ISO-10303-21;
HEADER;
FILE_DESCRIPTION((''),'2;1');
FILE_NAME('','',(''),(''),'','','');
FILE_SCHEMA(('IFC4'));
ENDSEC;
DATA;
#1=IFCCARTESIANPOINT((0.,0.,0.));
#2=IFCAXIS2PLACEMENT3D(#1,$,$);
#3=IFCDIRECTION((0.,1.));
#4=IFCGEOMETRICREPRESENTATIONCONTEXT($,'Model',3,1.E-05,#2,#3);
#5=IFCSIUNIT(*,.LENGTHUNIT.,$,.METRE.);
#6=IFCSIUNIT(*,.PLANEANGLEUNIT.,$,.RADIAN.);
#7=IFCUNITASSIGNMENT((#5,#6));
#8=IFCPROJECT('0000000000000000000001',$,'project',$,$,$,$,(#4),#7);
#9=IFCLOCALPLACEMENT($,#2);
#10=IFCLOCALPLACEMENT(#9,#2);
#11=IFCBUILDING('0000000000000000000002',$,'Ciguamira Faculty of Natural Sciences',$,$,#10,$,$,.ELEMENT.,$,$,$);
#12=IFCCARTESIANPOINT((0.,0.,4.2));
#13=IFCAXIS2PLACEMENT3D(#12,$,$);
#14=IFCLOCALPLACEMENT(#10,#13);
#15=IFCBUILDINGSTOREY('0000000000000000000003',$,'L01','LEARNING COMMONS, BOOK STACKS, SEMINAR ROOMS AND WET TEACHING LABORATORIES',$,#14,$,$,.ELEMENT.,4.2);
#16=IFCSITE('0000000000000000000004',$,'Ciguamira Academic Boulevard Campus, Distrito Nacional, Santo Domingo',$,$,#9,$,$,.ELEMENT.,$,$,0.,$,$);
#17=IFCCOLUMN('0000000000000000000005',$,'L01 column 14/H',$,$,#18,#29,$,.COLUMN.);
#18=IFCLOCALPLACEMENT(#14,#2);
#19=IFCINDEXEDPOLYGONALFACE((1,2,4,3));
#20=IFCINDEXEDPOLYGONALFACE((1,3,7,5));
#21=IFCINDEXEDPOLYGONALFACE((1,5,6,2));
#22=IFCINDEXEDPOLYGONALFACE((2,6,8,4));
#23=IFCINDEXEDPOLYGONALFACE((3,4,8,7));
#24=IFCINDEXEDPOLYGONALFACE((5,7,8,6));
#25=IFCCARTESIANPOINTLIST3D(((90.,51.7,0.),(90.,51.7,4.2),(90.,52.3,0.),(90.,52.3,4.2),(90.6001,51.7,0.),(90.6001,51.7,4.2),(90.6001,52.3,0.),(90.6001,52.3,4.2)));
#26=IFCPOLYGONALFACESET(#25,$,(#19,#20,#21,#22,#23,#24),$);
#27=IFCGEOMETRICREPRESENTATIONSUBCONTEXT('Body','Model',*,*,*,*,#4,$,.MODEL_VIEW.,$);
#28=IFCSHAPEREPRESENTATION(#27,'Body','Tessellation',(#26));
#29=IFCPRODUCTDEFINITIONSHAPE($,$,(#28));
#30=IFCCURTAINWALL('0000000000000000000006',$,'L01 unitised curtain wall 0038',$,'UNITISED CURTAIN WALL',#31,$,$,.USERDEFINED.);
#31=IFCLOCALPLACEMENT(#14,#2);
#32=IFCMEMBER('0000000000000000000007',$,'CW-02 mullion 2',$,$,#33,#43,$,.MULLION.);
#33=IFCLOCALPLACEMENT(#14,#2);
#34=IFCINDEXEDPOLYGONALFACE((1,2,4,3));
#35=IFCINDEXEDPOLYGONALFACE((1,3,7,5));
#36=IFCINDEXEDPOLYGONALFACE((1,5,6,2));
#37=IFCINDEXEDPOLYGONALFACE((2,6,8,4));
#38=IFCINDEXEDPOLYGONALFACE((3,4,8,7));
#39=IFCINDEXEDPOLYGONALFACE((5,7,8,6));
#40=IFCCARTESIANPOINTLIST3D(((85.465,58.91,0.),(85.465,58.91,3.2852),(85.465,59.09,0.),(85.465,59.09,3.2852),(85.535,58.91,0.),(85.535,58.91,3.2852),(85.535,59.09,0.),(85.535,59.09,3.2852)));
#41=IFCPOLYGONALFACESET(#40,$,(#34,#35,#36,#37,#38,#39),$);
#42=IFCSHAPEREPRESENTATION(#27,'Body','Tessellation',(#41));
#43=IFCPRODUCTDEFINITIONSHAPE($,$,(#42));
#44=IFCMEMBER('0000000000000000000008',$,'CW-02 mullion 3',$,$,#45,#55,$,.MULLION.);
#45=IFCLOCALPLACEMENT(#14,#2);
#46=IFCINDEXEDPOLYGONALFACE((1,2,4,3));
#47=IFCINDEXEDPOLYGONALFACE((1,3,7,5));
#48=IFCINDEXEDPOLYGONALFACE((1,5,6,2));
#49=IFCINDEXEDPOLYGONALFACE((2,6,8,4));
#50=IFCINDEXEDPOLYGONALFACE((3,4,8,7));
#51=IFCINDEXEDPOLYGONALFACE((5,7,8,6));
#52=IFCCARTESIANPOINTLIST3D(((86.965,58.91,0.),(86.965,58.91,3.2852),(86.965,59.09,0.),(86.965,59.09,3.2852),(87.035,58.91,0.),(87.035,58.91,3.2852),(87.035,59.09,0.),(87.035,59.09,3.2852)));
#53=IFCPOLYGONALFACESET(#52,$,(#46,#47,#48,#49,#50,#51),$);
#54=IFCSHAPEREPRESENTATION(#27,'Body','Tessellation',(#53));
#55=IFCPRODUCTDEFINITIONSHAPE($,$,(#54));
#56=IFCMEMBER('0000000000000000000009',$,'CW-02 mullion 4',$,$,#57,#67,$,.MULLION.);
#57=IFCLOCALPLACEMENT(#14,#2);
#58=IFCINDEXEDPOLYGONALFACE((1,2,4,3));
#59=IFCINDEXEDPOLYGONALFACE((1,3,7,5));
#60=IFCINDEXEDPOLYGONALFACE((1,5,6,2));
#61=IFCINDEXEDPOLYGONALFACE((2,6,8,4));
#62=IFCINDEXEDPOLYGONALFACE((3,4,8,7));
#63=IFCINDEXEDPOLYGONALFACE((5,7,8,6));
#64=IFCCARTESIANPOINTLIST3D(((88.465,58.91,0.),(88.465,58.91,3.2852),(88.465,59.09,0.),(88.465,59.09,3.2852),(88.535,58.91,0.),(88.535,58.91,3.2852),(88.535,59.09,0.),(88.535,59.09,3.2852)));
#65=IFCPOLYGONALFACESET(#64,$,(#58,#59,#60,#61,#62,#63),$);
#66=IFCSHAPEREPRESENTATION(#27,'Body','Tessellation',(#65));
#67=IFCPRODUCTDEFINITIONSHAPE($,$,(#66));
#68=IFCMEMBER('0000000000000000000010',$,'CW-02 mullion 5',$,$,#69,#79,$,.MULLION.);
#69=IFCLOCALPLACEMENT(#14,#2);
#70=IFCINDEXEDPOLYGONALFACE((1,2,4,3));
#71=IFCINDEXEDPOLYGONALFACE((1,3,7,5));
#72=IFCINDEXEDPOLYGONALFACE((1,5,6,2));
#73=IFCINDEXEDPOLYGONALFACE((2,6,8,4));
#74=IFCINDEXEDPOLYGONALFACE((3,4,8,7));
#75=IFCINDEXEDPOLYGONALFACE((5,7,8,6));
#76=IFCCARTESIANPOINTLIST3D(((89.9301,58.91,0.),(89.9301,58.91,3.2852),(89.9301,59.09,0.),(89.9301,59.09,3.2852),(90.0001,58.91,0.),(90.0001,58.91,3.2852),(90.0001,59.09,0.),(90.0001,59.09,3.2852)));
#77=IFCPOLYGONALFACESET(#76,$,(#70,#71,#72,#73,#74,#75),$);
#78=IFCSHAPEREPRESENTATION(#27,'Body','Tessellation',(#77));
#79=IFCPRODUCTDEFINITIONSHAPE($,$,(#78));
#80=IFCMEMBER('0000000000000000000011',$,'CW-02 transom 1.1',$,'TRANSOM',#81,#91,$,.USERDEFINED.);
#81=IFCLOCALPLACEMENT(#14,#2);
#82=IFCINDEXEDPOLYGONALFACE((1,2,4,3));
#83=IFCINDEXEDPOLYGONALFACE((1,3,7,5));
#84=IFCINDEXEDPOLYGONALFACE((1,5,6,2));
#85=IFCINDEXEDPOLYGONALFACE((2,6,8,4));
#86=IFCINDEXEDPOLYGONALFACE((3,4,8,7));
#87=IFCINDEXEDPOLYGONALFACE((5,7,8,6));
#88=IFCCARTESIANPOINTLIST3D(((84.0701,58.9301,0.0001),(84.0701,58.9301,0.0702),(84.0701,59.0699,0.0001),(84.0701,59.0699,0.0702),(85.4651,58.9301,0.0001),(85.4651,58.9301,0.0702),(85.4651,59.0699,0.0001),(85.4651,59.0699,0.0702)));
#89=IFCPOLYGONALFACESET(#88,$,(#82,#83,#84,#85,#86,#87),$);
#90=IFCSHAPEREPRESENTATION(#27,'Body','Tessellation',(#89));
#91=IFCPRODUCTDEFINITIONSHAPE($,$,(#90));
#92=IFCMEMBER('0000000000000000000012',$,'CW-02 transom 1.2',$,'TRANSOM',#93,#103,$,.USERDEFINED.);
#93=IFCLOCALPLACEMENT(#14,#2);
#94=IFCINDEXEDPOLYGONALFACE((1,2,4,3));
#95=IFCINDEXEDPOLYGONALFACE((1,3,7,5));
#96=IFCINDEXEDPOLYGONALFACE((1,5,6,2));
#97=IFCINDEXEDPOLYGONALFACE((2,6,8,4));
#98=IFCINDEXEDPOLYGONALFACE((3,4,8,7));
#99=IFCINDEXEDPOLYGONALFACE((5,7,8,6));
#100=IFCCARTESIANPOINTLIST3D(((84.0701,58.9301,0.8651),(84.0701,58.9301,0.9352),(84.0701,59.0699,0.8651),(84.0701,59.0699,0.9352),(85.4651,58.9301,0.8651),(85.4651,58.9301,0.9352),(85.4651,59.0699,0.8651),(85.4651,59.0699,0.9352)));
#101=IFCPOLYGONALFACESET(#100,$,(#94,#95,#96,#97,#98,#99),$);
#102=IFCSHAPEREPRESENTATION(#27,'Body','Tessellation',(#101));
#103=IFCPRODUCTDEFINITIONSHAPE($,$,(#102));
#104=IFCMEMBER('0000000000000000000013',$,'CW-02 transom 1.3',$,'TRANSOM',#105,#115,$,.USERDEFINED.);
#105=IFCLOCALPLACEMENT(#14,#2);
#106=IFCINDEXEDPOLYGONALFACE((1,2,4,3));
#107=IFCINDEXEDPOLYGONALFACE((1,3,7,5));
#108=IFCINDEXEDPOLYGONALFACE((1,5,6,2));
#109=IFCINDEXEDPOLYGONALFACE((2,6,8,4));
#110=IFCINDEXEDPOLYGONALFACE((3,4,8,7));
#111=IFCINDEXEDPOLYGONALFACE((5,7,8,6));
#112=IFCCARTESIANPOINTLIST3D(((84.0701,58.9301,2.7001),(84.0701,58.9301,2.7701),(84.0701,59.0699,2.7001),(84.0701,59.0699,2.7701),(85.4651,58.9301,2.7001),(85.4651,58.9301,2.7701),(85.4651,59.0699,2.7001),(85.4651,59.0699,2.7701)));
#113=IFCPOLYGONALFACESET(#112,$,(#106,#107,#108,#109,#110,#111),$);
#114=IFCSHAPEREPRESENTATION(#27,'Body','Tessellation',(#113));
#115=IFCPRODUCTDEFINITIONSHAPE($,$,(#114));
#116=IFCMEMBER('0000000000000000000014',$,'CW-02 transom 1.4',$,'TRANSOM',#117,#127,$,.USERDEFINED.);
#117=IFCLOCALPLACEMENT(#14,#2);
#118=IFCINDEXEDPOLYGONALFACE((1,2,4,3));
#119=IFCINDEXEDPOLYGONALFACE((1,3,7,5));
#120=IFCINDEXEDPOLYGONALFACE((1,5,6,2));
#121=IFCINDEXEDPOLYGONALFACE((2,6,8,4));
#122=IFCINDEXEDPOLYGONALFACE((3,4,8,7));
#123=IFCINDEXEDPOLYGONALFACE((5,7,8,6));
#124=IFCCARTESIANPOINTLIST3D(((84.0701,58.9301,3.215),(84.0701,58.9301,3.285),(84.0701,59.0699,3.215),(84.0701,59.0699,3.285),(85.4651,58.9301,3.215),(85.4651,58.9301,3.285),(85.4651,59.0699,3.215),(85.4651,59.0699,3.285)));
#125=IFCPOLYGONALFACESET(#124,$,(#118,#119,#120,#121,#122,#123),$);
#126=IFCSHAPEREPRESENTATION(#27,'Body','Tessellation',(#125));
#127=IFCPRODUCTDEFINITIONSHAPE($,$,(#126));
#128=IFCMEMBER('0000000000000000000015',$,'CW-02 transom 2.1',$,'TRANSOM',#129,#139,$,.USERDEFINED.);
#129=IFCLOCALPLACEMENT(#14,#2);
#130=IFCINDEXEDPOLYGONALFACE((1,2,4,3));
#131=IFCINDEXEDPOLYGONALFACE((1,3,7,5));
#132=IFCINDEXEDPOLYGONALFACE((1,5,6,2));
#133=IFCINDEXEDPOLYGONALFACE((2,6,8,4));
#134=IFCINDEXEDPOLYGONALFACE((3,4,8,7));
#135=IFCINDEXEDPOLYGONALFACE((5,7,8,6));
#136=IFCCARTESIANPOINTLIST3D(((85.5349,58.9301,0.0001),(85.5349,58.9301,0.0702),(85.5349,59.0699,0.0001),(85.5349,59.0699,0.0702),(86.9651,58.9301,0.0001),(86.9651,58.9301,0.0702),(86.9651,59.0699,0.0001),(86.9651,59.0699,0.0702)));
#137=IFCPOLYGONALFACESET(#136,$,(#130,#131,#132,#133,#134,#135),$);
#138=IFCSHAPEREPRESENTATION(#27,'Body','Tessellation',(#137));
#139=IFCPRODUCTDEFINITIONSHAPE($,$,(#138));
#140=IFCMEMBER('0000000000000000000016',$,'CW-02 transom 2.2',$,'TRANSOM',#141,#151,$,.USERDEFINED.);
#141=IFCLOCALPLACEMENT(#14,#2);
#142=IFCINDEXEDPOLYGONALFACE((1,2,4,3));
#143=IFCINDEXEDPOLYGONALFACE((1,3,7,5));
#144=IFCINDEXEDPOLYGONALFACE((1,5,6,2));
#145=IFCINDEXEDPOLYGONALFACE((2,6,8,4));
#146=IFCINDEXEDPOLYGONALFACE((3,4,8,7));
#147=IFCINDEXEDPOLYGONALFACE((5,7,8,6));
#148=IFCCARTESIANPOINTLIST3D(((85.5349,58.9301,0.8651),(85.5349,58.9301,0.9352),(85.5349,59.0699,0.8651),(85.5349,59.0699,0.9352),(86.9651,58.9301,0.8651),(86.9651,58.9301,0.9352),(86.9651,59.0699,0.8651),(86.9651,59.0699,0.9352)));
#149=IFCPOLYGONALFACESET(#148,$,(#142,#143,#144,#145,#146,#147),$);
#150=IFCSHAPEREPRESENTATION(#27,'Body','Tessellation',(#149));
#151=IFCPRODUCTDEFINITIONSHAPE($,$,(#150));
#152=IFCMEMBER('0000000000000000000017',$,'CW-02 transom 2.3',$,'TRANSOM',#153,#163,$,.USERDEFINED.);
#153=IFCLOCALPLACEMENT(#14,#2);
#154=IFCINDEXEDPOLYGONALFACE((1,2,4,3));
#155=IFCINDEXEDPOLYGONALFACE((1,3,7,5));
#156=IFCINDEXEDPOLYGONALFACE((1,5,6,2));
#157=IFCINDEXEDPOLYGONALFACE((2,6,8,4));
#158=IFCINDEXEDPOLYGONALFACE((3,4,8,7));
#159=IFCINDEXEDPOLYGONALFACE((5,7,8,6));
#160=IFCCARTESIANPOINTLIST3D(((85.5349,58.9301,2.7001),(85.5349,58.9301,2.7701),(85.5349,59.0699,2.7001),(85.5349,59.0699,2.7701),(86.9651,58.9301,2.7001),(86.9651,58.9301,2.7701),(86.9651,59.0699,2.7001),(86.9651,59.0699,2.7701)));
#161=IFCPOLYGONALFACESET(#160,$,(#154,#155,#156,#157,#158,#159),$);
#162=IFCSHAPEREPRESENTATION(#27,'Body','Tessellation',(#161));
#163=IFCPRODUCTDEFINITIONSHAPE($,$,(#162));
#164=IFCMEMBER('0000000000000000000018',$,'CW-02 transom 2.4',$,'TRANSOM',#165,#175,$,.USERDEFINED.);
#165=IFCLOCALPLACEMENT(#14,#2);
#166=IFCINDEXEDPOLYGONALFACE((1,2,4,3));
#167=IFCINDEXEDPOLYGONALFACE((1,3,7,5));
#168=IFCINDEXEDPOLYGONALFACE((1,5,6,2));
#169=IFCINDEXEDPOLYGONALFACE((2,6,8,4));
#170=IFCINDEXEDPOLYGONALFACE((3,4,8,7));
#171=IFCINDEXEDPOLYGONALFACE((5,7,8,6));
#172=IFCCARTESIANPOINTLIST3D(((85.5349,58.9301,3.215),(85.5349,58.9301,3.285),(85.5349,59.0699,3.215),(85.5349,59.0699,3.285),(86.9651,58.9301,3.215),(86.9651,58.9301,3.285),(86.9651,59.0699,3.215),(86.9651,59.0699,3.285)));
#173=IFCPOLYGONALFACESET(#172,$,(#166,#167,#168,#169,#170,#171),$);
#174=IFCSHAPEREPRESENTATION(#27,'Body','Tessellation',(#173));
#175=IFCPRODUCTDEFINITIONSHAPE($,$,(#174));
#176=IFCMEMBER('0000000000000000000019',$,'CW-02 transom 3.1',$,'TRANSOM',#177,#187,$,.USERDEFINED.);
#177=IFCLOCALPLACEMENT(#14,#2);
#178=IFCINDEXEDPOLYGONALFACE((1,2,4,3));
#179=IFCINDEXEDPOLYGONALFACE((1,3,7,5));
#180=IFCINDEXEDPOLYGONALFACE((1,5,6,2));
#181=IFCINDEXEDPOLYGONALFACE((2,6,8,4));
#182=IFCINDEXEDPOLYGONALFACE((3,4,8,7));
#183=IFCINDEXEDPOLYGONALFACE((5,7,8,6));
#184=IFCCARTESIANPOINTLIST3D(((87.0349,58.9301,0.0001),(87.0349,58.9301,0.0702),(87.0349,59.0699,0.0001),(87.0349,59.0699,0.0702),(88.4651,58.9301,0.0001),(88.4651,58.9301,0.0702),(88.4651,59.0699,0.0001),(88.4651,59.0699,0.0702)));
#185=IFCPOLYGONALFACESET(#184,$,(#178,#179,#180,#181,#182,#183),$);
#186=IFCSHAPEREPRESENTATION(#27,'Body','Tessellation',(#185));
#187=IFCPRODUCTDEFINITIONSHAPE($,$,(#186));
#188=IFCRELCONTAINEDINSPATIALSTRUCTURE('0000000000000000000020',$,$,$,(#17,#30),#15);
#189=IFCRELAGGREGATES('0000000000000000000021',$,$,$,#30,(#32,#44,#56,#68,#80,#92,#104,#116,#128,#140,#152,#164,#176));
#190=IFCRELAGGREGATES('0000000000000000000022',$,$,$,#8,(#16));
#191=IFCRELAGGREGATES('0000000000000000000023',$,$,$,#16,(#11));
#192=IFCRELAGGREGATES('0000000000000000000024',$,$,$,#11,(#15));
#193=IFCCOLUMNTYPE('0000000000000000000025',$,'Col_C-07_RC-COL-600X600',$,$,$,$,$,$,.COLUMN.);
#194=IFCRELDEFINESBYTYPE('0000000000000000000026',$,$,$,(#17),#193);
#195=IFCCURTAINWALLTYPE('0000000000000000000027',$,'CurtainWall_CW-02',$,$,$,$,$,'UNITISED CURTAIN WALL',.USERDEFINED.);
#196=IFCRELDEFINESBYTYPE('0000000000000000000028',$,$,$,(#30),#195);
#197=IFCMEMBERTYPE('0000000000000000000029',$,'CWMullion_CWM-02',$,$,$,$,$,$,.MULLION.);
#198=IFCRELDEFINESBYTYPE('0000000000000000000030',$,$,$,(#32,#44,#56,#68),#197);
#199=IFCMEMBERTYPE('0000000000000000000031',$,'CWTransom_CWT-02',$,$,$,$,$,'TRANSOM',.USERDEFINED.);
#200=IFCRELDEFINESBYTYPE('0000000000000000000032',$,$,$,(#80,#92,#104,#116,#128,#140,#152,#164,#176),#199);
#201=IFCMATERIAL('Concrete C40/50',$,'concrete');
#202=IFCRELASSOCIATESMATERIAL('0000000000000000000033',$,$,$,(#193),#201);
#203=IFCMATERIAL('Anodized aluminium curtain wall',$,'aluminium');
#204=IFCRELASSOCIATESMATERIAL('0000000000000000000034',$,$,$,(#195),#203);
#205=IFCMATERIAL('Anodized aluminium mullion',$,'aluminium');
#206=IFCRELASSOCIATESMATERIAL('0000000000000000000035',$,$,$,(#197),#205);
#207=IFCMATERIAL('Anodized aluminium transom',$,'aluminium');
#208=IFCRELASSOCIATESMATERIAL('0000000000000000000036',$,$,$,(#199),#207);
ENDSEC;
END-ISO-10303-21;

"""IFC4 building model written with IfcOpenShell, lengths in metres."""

from ifc_helpers import new_model, si_unit, direction, frame, origin, origin_2d, place, context, subcontext, project, spatial, rectangle, extrude, material, material_profile, profile_set, type_object, element, aggregate, save


model = new_model("IFC4")

# Units and contexts
model_context = context("Model", 3, precision=1e-05, world=origin(), true_north=direction((0.0, 1.0)))
body_context = subcontext(model_context, "Body", "Model", "MODEL_VIEW")
ifc_project = project(units=[si_unit("LENGTHUNIT", "METRE"), si_unit("PLANEANGLEUNIT", "RADIAN")], contexts=[model_context])

# Site, building, storey
site_placement = place(None, origin())
site = spatial("IfcSite", under=ifc_project, at=site_placement, Name="Ciguamira Academic Boulevard Campus, Distrito Nacional, Santo Domingo", CompositionType="ELEMENT", RefElevation=0.0)
building_placement = place(site_placement, origin())
building = spatial("IfcBuilding", under=site, at=building_placement, Name="Ciguamira Faculty of Natural Sciences", CompositionType="ELEMENT")
storey_placement = place(building_placement, frame((0.0, 0.0, 4.2)))
storey = spatial("IfcBuildingStorey", under=building, at=storey_placement, Name="L01", Description="LEARNING COMMONS, BOOK STACKS, SEMINAR ROOMS AND WET TEACHING LABORATORIES", CompositionType="ELEMENT", Elevation=4.2)

# Column
ifc_material_1 = material(Name="Concrete C40/50", Category="concrete")
ifc_material_profile_1 = material_profile(ifc_material_1, rectangle(XDim=0.6001, YDim=0.6001, at=origin_2d()), Name="RC-COL-600X600")
ifc_profile_set_1 = profile_set([ifc_material_profile_1], Name="Concrete C40/50")
column_type = type_object("IfcColumnType", Name="Col_C-07_RC-COL-600X600", PredefinedType="COLUMN", material=ifc_profile_set_1)
column_placement = place(storey_placement, frame((90.3, 52.0, 0.0), z_axis=(0.0, 0.0, 1.0), x_axis=(1.0, 0.0, 0.0)))
element("IfcColumn", 1, at=column_placement, inside=storey, type_object=column_type, Name="L01 column 14/H", PredefinedType="COLUMN", context=body_context, shape_type="SweptSolid", body=[
    extrude(rectangle(XDim=0.6001, YDim=0.6001, at=origin_2d()), origin(), (0.0, 0.0, 1.0), 4.2),
])

# Curtain wall, members
ifc_material_2 = material(Name="Anodized aluminium curtain wall", Category="aluminium")
curtain_wall_type = type_object("IfcCurtainWallType", Name="CurtainWall_CW-02", ElementType="UNITISED CURTAIN WALL", PredefinedType="USERDEFINED", material=ifc_material_2)
curtain_wall_placement = place(storey_placement, origin())
curtain_wall = element("IfcCurtainWall", 2, at=curtain_wall_placement, inside=storey, type_object=curtain_wall_type, Name="L01 unitised curtain wall 0038", ObjectType="UNITISED CURTAIN WALL", PredefinedType="USERDEFINED")
ifc_material_3 = material(Name="Anodized aluminium mullion", Category="aluminium")
ifc_material_profile_2 = material_profile(ifc_material_3, rectangle(XDim=0.0701, YDim=0.1799, at=origin_2d()), Name="ALU-MUL-70X180")
ifc_profile_set_2 = profile_set([ifc_material_profile_2], Name="Anodized aluminium mullion")
member_type_1 = type_object("IfcMemberType", Name="CWMullion_CWM-02", PredefinedType="MULLION", material=ifc_profile_set_2)
member_1_placement = place(storey_placement, frame((85.5, 59.0, 0.0), z_axis=(0.0, 0.0, 1.0), x_axis=(1.0, 0.0, 0.0)))
member_1 = element("IfcMember", 3, at=member_1_placement, type_object=member_type_1, Name="CW-02 mullion 2", PredefinedType="MULLION", context=body_context, shape_type="SweptSolid", body=[
    extrude(rectangle(XDim=0.0701, YDim=0.1799, at=origin_2d()), origin(), (0.0, 0.0, 1.0), 3.2852),
])
member_2_placement = place(storey_placement, frame((87.0, 59.0, 0.0), z_axis=(0.0, 0.0, 1.0), x_axis=(1.0, 0.0, 0.0)))
member_2 = element("IfcMember", 4, at=member_2_placement, type_object=member_type_1, Name="CW-02 mullion 3", PredefinedType="MULLION", context=body_context, shape_type="SweptSolid", body=[
    extrude(rectangle(XDim=0.0701, YDim=0.1799, at=origin_2d()), origin(), (0.0, 0.0, 1.0), 3.2852),
])
member_3_placement = place(storey_placement, frame((88.5, 59.0, 0.0), z_axis=(0.0, 0.0, 1.0), x_axis=(1.0, 0.0, 0.0)))
member_3 = element("IfcMember", 5, at=member_3_placement, type_object=member_type_1, Name="CW-02 mullion 4", PredefinedType="MULLION", context=body_context, shape_type="SweptSolid", body=[
    extrude(rectangle(XDim=0.0701, YDim=0.1799, at=origin_2d()), origin(), (0.0, 0.0, 1.0), 3.2852),
])
member_4_placement = place(storey_placement, frame((89.9651, 59.0, 0.0), z_axis=(0.0, 0.0, 1.0), x_axis=(1.0, 0.0, 0.0)))
member_4 = element("IfcMember", 6, at=member_4_placement, type_object=member_type_1, Name="CW-02 mullion 5", PredefinedType="MULLION", context=body_context, shape_type="SweptSolid", body=[
    extrude(rectangle(XDim=0.0701, YDim=0.1799, at=origin_2d()), origin(), (0.0, 0.0, 1.0), 3.2852),
])
ifc_material_4 = material(Name="Anodized aluminium transom", Category="aluminium")
ifc_material_profile_3 = material_profile(ifc_material_4, rectangle(XDim=0.0701, YDim=0.1399, at=origin_2d()), Name="ALU-TRN-70X140")
ifc_profile_set_3 = profile_set([ifc_material_profile_3], Name="Anodized aluminium transom")
member_type_2 = type_object("IfcMemberType", Name="CWTransom_CWT-02", ElementType="TRANSOM", PredefinedType="USERDEFINED", material=ifc_profile_set_3)
member_5_placement = place(storey_placement, frame((84.0701, 59.0, 0.0352), z_axis=(1.0, 0.0, 0.0), x_axis=(0.0, 0.0, 1.0)))
member_5 = element("IfcMember", 7, at=member_5_placement, type_object=member_type_2, Name="CW-02 transom 1.1", ObjectType="TRANSOM", PredefinedType="USERDEFINED", context=body_context, shape_type="SweptSolid", body=[
    extrude(rectangle(XDim=0.0701, YDim=0.1399, at=origin_2d()), origin(), (0.0, 0.0, 1.0), 1.395),
])
member_6_placement = place(storey_placement, frame((84.0701, 59.0, 0.9001), z_axis=(1.0, 0.0, 0.0), x_axis=(0.0, 0.0, 1.0)))
member_6 = element("IfcMember", 8, at=member_6_placement, type_object=member_type_2, Name="CW-02 transom 1.2", ObjectType="TRANSOM", PredefinedType="USERDEFINED", context=body_context, shape_type="SweptSolid", body=[
    extrude(rectangle(XDim=0.0701, YDim=0.1399, at=origin_2d()), origin(), (0.0, 0.0, 1.0), 1.395),
])
member_7_placement = place(storey_placement, frame((84.0701, 59.0, 2.7351), z_axis=(1.0, 0.0, 0.0), x_axis=(0.0, 0.0, 1.0)))
member_7 = element("IfcMember", 9, at=member_7_placement, type_object=member_type_2, Name="CW-02 transom 1.3", ObjectType="TRANSOM", PredefinedType="USERDEFINED", context=body_context, shape_type="SweptSolid", body=[
    extrude(rectangle(XDim=0.0701, YDim=0.1399, at=origin_2d()), origin(), (0.0, 0.0, 1.0), 1.395),
])
member_8_placement = place(storey_placement, frame((84.0701, 59.0, 3.25), z_axis=(1.0, 0.0, 0.0), x_axis=(0.0, 0.0, 1.0)))
member_8 = element("IfcMember", 10, at=member_8_placement, type_object=member_type_2, Name="CW-02 transom 1.4", ObjectType="TRANSOM", PredefinedType="USERDEFINED", context=body_context, shape_type="SweptSolid", body=[
    extrude(rectangle(XDim=0.0701, YDim=0.1399, at=origin_2d()), origin(), (0.0, 0.0, 1.0), 1.395),
])
member_9_placement = place(storey_placement, frame((85.5349, 59.0, 0.0352), z_axis=(1.0, 0.0, 0.0), x_axis=(0.0, 0.0, 1.0)))
member_9 = element("IfcMember", 11, at=member_9_placement, type_object=member_type_2, Name="CW-02 transom 2.1", ObjectType="TRANSOM", PredefinedType="USERDEFINED", context=body_context, shape_type="SweptSolid", body=[
    extrude(rectangle(XDim=0.0701, YDim=0.1399, at=origin_2d()), origin(), (0.0, 0.0, 1.0), 1.4302),
])
member_10_placement = place(storey_placement, frame((85.5349, 59.0, 0.9001), z_axis=(1.0, 0.0, 0.0), x_axis=(0.0, 0.0, 1.0)))
member_10 = element("IfcMember", 12, at=member_10_placement, type_object=member_type_2, Name="CW-02 transom 2.2", ObjectType="TRANSOM", PredefinedType="USERDEFINED", context=body_context, shape_type="SweptSolid", body=[
    extrude(rectangle(XDim=0.0701, YDim=0.1399, at=origin_2d()), origin(), (0.0, 0.0, 1.0), 1.4302),
])
member_11_placement = place(storey_placement, frame((85.5349, 59.0, 2.7351), z_axis=(1.0, 0.0, 0.0), x_axis=(0.0, 0.0, 1.0)))
member_11 = element("IfcMember", 13, at=member_11_placement, type_object=member_type_2, Name="CW-02 transom 2.3", ObjectType="TRANSOM", PredefinedType="USERDEFINED", context=body_context, shape_type="SweptSolid", body=[
    extrude(rectangle(XDim=0.0701, YDim=0.1399, at=origin_2d()), origin(), (0.0, 0.0, 1.0), 1.4302),
])
member_12_placement = place(storey_placement, frame((85.5349, 59.0, 3.25), z_axis=(1.0, 0.0, 0.0), x_axis=(0.0, 0.0, 1.0)))
member_12 = element("IfcMember", 14, at=member_12_placement, type_object=member_type_2, Name="CW-02 transom 2.4", ObjectType="TRANSOM", PredefinedType="USERDEFINED", context=body_context, shape_type="SweptSolid", body=[
    extrude(rectangle(XDim=0.0701, YDim=0.1399, at=origin_2d()), origin(), (0.0, 0.0, 1.0), 1.4302),
])
member_13_placement = place(storey_placement, frame((87.0349, 59.0, 0.0352), z_axis=(1.0, 0.0, 0.0), x_axis=(0.0, 0.0, 1.0)))
member_13 = element("IfcMember", 15, at=member_13_placement, type_object=member_type_2, Name="CW-02 transom 3.1", ObjectType="TRANSOM", PredefinedType="USERDEFINED", context=body_context, shape_type="SweptSolid", body=[
    extrude(rectangle(XDim=0.0701, YDim=0.1399, at=origin_2d()), origin(), (0.0, 0.0, 1.0), 1.4302),
])

aggregate(curtain_wall, [member_1, member_2, member_3, member_4, member_5, member_6, member_7, member_8, member_9, member_10, member_11, member_12, member_13])

save(model, "model.ifc")
